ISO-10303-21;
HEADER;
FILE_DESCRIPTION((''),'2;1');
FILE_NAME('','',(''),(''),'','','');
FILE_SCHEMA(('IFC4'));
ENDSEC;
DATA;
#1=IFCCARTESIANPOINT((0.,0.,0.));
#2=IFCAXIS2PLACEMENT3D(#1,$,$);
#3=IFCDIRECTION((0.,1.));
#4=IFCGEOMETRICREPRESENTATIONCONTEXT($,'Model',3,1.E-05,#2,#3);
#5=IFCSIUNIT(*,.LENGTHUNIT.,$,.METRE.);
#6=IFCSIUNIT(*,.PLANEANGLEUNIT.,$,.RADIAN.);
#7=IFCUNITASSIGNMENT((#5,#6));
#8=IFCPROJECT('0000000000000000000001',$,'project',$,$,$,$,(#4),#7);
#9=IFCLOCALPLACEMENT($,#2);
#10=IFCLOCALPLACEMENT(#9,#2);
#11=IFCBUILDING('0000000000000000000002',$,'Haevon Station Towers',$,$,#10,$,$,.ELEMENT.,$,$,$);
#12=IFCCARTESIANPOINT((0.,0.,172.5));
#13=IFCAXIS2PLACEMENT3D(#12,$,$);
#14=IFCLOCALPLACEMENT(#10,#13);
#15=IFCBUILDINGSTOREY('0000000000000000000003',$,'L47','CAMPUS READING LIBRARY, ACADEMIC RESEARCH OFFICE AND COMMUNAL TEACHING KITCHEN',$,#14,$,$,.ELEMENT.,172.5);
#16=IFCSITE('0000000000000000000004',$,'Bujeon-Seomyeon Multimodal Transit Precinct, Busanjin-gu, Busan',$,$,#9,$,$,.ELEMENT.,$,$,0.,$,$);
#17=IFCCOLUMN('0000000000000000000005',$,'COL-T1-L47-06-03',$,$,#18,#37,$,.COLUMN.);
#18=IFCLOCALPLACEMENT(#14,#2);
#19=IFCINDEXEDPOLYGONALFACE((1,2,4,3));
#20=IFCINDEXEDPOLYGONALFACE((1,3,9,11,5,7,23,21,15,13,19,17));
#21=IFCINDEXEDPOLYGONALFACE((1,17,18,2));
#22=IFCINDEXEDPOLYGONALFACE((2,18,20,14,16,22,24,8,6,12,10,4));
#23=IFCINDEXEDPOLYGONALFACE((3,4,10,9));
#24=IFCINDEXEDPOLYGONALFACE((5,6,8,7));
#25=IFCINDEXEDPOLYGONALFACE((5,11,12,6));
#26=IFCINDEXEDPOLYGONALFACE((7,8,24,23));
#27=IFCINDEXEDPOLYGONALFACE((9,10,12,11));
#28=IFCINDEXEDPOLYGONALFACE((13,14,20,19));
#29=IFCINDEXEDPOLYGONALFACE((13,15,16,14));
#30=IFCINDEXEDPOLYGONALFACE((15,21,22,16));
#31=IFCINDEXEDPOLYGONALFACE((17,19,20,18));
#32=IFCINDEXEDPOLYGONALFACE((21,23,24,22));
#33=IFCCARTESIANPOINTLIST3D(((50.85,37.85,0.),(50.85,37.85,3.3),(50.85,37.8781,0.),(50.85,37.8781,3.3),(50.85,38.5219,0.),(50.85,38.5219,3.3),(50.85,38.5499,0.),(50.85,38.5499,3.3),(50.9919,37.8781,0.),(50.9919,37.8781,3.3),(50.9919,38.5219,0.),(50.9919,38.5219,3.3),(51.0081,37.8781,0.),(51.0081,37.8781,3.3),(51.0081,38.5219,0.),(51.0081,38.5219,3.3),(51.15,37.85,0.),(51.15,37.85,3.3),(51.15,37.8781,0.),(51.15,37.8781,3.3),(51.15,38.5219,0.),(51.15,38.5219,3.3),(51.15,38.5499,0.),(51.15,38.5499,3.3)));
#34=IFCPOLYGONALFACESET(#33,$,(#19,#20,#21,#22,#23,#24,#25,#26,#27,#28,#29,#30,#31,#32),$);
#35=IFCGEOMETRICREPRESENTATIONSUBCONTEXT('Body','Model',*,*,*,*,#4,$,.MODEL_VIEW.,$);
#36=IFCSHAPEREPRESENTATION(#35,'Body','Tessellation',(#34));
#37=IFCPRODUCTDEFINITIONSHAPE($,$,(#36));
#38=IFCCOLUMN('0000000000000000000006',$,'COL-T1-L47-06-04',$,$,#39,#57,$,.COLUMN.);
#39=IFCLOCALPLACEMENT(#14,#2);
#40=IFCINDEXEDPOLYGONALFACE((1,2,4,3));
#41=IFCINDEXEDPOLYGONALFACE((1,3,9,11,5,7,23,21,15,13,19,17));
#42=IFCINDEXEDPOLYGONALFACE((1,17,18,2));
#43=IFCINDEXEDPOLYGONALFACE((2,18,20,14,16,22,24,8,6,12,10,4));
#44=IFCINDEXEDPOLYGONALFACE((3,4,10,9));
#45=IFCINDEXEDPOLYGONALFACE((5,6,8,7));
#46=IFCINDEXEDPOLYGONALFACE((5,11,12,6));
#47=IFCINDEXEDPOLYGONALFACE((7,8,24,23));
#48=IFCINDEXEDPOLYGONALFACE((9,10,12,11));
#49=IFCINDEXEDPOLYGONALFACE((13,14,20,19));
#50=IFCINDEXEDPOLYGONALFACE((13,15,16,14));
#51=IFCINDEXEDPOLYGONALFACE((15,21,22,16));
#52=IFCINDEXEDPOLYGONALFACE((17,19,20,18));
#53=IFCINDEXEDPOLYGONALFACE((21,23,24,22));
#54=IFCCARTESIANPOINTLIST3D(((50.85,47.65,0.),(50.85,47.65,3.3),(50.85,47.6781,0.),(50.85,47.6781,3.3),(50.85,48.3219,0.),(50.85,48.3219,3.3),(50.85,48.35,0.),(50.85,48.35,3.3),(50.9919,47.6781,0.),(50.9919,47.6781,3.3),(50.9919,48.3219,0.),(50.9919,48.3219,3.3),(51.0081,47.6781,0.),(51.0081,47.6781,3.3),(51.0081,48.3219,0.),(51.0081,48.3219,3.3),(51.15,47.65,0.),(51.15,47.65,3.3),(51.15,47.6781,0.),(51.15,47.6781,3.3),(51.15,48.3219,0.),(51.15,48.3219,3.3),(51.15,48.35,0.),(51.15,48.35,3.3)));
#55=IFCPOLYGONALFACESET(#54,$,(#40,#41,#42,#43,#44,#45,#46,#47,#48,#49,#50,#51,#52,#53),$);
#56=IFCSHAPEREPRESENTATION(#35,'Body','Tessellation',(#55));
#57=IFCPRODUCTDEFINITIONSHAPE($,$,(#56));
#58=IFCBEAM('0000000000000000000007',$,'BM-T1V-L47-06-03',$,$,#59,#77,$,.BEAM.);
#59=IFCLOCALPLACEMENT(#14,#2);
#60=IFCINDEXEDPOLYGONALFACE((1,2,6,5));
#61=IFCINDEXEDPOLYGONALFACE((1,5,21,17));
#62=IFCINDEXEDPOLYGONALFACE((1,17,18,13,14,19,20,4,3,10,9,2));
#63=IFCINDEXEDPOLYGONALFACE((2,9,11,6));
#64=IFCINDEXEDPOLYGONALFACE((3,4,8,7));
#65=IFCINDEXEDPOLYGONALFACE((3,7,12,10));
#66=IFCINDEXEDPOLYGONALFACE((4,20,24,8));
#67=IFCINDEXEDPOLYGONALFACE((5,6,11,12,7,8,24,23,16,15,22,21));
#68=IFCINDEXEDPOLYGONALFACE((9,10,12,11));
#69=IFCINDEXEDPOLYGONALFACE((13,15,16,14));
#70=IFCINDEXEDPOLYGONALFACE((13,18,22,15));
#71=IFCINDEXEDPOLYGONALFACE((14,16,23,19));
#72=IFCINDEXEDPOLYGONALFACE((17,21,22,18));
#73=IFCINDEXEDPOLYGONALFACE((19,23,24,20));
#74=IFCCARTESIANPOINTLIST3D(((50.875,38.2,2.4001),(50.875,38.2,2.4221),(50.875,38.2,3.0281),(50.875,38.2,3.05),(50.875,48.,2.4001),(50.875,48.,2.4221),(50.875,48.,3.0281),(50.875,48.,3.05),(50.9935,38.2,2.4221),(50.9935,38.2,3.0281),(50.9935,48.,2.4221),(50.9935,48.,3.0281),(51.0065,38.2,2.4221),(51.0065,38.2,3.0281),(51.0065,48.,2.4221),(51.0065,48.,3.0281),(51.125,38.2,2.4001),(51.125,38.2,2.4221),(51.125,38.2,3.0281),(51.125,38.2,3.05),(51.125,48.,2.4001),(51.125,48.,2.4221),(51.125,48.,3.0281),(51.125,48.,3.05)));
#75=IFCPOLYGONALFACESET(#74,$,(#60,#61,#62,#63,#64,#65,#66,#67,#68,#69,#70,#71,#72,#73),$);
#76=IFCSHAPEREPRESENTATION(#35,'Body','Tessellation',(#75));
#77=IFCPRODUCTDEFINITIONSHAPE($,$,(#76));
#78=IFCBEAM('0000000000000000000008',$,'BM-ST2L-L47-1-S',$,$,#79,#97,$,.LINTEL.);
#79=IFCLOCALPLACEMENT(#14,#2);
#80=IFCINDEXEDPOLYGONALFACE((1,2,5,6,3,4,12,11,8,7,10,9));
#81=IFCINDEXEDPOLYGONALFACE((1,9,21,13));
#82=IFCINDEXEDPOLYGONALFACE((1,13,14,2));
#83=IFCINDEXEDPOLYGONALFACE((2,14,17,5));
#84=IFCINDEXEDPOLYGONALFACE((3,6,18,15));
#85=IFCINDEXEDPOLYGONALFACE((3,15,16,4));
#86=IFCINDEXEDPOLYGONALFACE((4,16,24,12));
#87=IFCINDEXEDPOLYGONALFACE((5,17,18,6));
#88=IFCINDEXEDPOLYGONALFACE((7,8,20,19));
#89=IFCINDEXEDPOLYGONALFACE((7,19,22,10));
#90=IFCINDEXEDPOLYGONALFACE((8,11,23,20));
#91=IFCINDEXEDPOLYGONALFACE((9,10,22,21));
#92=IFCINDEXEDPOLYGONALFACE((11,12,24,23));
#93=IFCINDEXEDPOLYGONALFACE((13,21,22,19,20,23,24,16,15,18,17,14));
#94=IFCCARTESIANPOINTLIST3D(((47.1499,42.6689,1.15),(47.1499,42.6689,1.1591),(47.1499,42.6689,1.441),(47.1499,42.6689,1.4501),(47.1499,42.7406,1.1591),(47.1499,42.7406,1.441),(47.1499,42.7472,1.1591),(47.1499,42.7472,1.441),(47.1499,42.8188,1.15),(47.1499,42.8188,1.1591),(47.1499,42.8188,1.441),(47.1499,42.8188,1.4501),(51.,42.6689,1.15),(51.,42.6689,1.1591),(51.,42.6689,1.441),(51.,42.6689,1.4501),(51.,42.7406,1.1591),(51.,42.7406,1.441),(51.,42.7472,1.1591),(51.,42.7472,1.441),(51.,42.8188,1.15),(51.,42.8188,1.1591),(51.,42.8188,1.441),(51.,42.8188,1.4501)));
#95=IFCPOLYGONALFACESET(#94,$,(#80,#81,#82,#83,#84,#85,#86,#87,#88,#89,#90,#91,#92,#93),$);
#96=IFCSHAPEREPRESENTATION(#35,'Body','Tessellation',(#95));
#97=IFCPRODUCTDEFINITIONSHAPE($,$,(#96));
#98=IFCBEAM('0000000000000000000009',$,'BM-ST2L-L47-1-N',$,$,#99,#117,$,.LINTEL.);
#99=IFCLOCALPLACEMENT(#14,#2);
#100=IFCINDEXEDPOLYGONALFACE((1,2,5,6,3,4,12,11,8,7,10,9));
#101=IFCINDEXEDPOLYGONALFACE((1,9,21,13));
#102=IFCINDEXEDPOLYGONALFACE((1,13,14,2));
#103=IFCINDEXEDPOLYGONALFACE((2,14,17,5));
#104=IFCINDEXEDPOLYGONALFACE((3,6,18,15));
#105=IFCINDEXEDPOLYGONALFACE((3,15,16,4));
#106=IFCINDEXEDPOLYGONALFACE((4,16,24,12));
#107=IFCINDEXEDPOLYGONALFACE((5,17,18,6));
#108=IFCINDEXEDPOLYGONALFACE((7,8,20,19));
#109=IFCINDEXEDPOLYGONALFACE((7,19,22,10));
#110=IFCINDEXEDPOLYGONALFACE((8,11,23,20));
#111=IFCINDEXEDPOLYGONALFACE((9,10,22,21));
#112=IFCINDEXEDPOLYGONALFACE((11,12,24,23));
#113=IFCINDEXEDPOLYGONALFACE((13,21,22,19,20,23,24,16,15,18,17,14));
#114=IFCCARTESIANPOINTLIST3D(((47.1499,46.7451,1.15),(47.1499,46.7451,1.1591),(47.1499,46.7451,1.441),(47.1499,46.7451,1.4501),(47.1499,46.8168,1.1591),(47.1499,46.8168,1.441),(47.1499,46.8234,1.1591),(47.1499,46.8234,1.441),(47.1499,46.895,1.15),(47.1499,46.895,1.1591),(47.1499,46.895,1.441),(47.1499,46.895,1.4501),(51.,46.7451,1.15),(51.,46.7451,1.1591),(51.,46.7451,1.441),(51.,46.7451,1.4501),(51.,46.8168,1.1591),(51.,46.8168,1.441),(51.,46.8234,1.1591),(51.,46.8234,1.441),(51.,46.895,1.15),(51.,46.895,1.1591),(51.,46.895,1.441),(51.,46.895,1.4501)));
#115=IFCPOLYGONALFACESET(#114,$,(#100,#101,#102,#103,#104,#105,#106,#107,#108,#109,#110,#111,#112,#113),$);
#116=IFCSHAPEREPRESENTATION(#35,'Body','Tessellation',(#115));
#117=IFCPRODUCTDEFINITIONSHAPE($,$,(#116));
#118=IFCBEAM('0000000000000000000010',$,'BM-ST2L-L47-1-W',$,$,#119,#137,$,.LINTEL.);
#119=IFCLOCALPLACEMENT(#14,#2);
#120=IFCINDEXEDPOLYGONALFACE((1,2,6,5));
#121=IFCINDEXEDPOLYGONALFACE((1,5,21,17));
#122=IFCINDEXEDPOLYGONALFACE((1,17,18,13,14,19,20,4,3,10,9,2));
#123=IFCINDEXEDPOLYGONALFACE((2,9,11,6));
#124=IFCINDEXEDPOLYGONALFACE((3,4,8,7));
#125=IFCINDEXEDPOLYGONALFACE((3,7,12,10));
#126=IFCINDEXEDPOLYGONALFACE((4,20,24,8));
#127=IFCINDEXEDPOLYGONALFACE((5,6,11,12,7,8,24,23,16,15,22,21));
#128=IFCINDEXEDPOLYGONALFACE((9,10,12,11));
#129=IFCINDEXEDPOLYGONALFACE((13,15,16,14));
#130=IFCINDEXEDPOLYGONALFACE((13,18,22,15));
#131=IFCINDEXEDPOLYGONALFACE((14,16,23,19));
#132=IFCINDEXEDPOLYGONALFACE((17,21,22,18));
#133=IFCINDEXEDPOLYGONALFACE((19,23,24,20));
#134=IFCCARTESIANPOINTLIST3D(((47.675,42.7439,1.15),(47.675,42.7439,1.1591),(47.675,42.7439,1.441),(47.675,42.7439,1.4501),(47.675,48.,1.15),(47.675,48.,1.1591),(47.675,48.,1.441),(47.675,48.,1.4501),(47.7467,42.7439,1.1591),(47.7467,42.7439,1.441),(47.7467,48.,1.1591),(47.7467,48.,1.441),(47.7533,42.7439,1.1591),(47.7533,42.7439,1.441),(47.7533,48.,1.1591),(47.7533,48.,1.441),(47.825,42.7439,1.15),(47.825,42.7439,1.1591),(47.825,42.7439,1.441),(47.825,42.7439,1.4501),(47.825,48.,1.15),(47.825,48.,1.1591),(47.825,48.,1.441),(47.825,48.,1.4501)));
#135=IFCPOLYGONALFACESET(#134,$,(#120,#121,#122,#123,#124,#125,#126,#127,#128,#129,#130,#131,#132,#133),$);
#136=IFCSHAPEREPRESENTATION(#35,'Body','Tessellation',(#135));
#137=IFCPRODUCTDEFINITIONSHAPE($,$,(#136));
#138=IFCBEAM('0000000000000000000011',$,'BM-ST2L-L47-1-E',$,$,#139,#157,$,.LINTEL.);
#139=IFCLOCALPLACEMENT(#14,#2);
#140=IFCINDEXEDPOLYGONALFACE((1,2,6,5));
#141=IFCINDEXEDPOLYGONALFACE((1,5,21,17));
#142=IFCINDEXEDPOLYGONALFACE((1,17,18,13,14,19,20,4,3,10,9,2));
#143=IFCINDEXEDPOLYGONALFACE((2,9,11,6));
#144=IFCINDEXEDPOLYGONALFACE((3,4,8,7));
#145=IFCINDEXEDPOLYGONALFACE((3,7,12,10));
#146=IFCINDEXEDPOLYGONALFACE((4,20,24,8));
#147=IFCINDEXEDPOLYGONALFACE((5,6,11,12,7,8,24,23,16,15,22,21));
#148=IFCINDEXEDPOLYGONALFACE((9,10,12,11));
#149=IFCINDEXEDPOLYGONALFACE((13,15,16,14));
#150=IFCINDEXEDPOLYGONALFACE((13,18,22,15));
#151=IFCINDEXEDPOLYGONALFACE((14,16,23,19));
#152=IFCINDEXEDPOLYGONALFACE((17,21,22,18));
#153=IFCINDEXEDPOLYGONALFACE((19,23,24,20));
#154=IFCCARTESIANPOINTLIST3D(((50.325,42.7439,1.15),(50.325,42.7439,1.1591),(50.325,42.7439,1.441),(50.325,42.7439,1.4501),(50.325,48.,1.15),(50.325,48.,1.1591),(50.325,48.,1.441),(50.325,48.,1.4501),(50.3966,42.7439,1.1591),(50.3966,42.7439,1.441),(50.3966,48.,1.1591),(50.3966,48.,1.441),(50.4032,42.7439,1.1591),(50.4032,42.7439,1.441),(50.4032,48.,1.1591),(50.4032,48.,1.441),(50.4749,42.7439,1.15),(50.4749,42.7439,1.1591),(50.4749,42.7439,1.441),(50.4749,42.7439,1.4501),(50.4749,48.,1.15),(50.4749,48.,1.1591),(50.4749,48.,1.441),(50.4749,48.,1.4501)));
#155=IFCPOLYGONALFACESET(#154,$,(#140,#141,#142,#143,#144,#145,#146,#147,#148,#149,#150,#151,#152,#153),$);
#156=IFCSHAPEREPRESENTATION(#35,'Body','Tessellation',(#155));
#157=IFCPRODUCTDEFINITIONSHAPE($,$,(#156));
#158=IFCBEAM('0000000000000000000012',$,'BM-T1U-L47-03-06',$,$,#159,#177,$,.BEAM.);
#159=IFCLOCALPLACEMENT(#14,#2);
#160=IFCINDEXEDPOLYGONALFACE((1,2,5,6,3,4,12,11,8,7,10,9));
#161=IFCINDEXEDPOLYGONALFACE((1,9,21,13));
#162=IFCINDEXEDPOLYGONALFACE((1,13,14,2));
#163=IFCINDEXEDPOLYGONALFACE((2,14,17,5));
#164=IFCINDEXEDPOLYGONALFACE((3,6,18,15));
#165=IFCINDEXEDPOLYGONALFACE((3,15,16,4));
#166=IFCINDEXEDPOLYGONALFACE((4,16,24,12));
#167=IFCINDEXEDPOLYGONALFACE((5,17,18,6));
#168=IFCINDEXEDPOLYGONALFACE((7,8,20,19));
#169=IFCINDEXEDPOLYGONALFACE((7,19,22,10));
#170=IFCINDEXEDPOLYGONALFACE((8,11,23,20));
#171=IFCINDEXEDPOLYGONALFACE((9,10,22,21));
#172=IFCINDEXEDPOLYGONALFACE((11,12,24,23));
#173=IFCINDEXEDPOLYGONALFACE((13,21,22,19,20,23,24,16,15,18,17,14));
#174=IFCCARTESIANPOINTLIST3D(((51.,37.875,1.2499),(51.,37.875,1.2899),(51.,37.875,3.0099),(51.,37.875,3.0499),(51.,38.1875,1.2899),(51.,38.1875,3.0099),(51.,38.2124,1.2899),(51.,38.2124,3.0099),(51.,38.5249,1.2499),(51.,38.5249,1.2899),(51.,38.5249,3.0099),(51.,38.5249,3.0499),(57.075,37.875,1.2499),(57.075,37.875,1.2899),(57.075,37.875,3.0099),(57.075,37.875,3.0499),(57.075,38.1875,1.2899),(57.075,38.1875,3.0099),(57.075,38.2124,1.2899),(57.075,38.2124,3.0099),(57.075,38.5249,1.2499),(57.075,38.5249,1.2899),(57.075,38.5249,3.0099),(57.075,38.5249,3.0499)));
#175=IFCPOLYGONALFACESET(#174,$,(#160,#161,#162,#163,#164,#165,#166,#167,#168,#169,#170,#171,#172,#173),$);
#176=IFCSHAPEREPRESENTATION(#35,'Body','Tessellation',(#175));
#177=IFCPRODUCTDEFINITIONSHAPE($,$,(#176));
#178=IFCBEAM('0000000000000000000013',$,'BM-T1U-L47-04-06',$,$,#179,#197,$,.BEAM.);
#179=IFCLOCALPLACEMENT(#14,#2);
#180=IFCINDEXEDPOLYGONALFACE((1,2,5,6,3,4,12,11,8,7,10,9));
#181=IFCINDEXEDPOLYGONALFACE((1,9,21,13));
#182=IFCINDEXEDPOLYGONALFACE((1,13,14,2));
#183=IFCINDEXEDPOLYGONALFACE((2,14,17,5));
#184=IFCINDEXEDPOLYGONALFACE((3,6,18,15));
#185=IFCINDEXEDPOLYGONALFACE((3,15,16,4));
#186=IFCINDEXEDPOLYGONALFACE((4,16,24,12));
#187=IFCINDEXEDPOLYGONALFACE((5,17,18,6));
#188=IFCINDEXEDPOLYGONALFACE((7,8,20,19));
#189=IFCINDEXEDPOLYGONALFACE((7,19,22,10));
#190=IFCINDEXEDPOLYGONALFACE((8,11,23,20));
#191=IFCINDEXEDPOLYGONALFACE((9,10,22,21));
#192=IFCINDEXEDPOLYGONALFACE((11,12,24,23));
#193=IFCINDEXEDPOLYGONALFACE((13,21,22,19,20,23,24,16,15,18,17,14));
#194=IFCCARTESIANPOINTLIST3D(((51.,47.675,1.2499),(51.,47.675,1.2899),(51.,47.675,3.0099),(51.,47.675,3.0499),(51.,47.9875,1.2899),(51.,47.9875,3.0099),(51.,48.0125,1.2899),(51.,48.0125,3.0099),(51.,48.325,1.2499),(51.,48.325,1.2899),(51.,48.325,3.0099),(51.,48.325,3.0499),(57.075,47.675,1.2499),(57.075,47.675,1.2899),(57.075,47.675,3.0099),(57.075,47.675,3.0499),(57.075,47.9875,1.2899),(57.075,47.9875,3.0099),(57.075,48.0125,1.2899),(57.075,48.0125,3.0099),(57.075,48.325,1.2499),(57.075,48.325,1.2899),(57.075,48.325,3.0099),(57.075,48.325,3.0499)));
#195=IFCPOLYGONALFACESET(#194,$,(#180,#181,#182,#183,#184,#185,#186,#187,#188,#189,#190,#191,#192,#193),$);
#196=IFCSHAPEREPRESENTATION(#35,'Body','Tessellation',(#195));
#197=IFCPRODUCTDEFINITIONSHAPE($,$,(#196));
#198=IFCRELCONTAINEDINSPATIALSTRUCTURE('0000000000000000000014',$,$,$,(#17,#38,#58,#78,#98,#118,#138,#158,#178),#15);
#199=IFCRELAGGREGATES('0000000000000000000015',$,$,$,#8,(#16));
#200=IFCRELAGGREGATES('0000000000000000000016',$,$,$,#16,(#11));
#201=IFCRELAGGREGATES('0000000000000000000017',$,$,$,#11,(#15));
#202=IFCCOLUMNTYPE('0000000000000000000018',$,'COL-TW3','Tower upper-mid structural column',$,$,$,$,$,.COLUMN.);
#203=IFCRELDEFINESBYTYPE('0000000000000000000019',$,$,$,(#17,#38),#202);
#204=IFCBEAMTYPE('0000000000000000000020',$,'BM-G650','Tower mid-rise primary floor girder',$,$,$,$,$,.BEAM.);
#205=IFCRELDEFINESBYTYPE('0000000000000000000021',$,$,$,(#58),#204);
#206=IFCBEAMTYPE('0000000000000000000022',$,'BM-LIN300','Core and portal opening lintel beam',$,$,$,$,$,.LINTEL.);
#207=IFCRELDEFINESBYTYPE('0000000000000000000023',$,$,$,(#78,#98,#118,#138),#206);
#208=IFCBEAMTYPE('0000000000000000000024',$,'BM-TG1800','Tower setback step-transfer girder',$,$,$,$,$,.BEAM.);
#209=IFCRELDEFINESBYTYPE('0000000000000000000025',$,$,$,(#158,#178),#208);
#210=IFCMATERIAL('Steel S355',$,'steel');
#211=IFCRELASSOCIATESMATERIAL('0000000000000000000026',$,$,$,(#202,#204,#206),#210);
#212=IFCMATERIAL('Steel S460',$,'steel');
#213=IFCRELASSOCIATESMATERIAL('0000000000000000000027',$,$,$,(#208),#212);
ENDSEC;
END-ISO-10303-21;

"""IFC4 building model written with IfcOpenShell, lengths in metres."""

from ifc_helpers import new_model, si_unit, direction, frame, origin, origin_2d, place, context, subcontext, project, spatial, i_section, extrude, material, material_profile, profile_set, type_object, element, save


model = new_model("IFC4")

# Units and contexts
model_context = context("Model", 3, precision=1e-05, world=origin(), true_north=direction((0.0, 1.0)))
body_context = subcontext(model_context, "Body", "Model", "MODEL_VIEW")
ifc_project = project(units=[si_unit("LENGTHUNIT", "METRE"), si_unit("PLANEANGLEUNIT", "RADIAN")], contexts=[model_context])

# Site, building, storey
site_placement = place(None, origin())
site = spatial("IfcSite", under=ifc_project, at=site_placement, Name="Bujeon-Seomyeon Multimodal Transit Precinct, Busanjin-gu, Busan", CompositionType="ELEMENT", RefElevation=0.0)
building_placement = place(site_placement, origin())
building = spatial("IfcBuilding", under=site, at=building_placement, Name="Haevon Station Towers", CompositionType="ELEMENT")
storey_placement = place(building_placement, frame((0.0, 0.0, 172.5)))
storey = spatial("IfcBuildingStorey", under=building, at=storey_placement, Name="L47", Description="CAMPUS READING LIBRARY, ACADEMIC RESEARCH OFFICE AND COMMUNAL TEACHING KITCHEN", CompositionType="ELEMENT", Elevation=172.5)

# Columns
ifc_material_1 = material(Name="Steel S355", Category="steel")
ifc_material_profile_1 = material_profile(ifc_material_1, i_section(OverallWidth=0.3, OverallDepth=0.7, WebThickness=0.0161, FlangeThickness=0.0281, at=origin_2d()), Name="H-700x300x16x28")
ifc_profile_set_1 = profile_set([ifc_material_profile_1], Name="Steel S355")
column_type = type_object("IfcColumnType", Name="COL-TW3", Description="Tower upper-mid structural column", PredefinedType="COLUMN", material=ifc_profile_set_1)
for number, where, z_axis, x_axis, name in (
    (1, (51.0, 38.2, 0.0), (0.0, 0.0, 1.0), (1.0, 0.0, 0.0), "COL-T1-L47-06-03"),
    (2, (51.0, 48.0, 0.0), (0.0, 0.0, 1.0), (1.0, 0.0, 0.0), "COL-T1-L47-06-04"),
):
    element("IfcColumn", number, at=place(storey_placement, frame(where, z_axis=z_axis, x_axis=x_axis)), inside=storey, type_object=column_type, Name=name, PredefinedType="COLUMN", context=body_context, shape_type="SweptSolid", body=[
        extrude(i_section(OverallWidth=0.3, OverallDepth=0.7, WebThickness=0.0161, FlangeThickness=0.0281, at=origin_2d()), origin(), (0.0, 0.0, 1.0), 3.3),
    ])

# Beams
ifc_material_profile_2 = material_profile(ifc_material_1, i_section(OverallWidth=0.25, OverallDepth=0.6499, WebThickness=0.0129, FlangeThickness=0.022, at=origin_2d()), Name="H-650x250x13x22")
ifc_profile_set_2 = profile_set([ifc_material_profile_2], Name="Steel S355")
beam_type_1 = type_object("IfcBeamType", Name="BM-G650", Description="Tower mid-rise primary floor girder", PredefinedType="BEAM", material=ifc_profile_set_2)
beam_placement = place(storey_placement, frame((51.0, 38.2, 2.7251), z_axis=(0.0, 1.0, 0.0), x_axis=(-1.0, 0.0, 0.0)))
element("IfcBeam", 3, at=beam_placement, inside=storey, type_object=beam_type_1, Name="BM-T1V-L47-06-03", PredefinedType="BEAM", context=body_context, shape_type="SweptSolid", body=[
    extrude(i_section(OverallWidth=0.25, OverallDepth=0.6499, WebThickness=0.0129, FlangeThickness=0.022, at=origin_2d()), origin(), (0.0, 0.0, 1.0), 9.8),
])
ifc_material_profile_3 = material_profile(ifc_material_1, i_section(OverallWidth=0.1499, OverallDepth=0.3, WebThickness=0.0066, FlangeThickness=0.009, at=origin_2d()), Name="H-300x150x6.5x9")
ifc_profile_set_3 = profile_set([ifc_material_profile_3], Name="Steel S355")
beam_type_2 = type_object("IfcBeamType", Name="BM-LIN300", Description="Core and portal opening lintel beam", PredefinedType="LINTEL", material=ifc_profile_set_3)
for number, where, z_axis, x_axis, name in (
    (4, (47.1499, 42.7439, 1.3), (1.0, 0.0, 0.0), (0.0, 1.0, 0.0), "BM-ST2L-L47-1-S"),
    (5, (47.1499, 46.8201, 1.3), (1.0, 0.0, 0.0), (0.0, 1.0, 0.0), "BM-ST2L-L47-1-N"),
):
    element("IfcBeam", number, at=place(storey_placement, frame(where, z_axis=z_axis, x_axis=x_axis)), inside=storey, type_object=beam_type_2, Name=name, PredefinedType="LINTEL", context=body_context, shape_type="SweptSolid", body=[
        extrude(i_section(OverallWidth=0.1499, OverallDepth=0.3, WebThickness=0.0066, FlangeThickness=0.009, at=origin_2d()), origin(), (0.0, 0.0, 1.0), 3.8501),
    ])
for number, where, z_axis, x_axis, name in (
    (6, (47.75, 42.7439, 1.3), (0.0, 1.0, 0.0), (-1.0, 0.0, 0.0), "BM-ST2L-L47-1-W"),
    (7, (50.3999, 42.7439, 1.3), (0.0, 1.0, 0.0), (-1.0, 0.0, 0.0), "BM-ST2L-L47-1-E"),
):
    element("IfcBeam", number, at=place(storey_placement, frame(where, z_axis=z_axis, x_axis=x_axis)), inside=storey, type_object=beam_type_2, Name=name, PredefinedType="LINTEL", context=body_context, shape_type="SweptSolid", body=[
        extrude(i_section(OverallWidth=0.1499, OverallDepth=0.3, WebThickness=0.0066, FlangeThickness=0.009, at=origin_2d()), origin(), (0.0, 0.0, 1.0), 5.2561),
    ])
ifc_material_2 = material(Name="Steel S460", Category="steel")
ifc_material_profile_4 = material_profile(ifc_material_2, i_section(OverallWidth=0.6499, OverallDepth=1.8, WebThickness=0.0249, FlangeThickness=0.04, at=origin_2d()), Name="H-1800x650x25x40")
ifc_profile_set_4 = profile_set([ifc_material_profile_4], Name="Steel S460")
beam_type_3 = type_object("IfcBeamType", Name="BM-TG1800", Description="Tower setback step-transfer girder", PredefinedType="BEAM", material=ifc_profile_set_4)
for number, where, z_axis, x_axis, name in (
    (8, (51.0, 38.2, 2.1499), (1.0, 0.0, 0.0), (0.0, 1.0, 0.0), "BM-T1U-L47-03-06"),
    (9, (51.0, 48.0, 2.1499), (1.0, 0.0, 0.0), (0.0, 1.0, 0.0), "BM-T1U-L47-04-06"),
):
    element("IfcBeam", number, at=place(storey_placement, frame(where, z_axis=z_axis, x_axis=x_axis)), inside=storey, type_object=beam_type_3, Name=name, PredefinedType="BEAM", context=body_context, shape_type="SweptSolid", body=[
        extrude(i_section(OverallWidth=0.6499, OverallDepth=1.8, WebThickness=0.0249, FlangeThickness=0.04, at=origin_2d()), origin(), (0.0, 0.0, 1.0), 6.075),
    ])

save(model, "model.ifc")
